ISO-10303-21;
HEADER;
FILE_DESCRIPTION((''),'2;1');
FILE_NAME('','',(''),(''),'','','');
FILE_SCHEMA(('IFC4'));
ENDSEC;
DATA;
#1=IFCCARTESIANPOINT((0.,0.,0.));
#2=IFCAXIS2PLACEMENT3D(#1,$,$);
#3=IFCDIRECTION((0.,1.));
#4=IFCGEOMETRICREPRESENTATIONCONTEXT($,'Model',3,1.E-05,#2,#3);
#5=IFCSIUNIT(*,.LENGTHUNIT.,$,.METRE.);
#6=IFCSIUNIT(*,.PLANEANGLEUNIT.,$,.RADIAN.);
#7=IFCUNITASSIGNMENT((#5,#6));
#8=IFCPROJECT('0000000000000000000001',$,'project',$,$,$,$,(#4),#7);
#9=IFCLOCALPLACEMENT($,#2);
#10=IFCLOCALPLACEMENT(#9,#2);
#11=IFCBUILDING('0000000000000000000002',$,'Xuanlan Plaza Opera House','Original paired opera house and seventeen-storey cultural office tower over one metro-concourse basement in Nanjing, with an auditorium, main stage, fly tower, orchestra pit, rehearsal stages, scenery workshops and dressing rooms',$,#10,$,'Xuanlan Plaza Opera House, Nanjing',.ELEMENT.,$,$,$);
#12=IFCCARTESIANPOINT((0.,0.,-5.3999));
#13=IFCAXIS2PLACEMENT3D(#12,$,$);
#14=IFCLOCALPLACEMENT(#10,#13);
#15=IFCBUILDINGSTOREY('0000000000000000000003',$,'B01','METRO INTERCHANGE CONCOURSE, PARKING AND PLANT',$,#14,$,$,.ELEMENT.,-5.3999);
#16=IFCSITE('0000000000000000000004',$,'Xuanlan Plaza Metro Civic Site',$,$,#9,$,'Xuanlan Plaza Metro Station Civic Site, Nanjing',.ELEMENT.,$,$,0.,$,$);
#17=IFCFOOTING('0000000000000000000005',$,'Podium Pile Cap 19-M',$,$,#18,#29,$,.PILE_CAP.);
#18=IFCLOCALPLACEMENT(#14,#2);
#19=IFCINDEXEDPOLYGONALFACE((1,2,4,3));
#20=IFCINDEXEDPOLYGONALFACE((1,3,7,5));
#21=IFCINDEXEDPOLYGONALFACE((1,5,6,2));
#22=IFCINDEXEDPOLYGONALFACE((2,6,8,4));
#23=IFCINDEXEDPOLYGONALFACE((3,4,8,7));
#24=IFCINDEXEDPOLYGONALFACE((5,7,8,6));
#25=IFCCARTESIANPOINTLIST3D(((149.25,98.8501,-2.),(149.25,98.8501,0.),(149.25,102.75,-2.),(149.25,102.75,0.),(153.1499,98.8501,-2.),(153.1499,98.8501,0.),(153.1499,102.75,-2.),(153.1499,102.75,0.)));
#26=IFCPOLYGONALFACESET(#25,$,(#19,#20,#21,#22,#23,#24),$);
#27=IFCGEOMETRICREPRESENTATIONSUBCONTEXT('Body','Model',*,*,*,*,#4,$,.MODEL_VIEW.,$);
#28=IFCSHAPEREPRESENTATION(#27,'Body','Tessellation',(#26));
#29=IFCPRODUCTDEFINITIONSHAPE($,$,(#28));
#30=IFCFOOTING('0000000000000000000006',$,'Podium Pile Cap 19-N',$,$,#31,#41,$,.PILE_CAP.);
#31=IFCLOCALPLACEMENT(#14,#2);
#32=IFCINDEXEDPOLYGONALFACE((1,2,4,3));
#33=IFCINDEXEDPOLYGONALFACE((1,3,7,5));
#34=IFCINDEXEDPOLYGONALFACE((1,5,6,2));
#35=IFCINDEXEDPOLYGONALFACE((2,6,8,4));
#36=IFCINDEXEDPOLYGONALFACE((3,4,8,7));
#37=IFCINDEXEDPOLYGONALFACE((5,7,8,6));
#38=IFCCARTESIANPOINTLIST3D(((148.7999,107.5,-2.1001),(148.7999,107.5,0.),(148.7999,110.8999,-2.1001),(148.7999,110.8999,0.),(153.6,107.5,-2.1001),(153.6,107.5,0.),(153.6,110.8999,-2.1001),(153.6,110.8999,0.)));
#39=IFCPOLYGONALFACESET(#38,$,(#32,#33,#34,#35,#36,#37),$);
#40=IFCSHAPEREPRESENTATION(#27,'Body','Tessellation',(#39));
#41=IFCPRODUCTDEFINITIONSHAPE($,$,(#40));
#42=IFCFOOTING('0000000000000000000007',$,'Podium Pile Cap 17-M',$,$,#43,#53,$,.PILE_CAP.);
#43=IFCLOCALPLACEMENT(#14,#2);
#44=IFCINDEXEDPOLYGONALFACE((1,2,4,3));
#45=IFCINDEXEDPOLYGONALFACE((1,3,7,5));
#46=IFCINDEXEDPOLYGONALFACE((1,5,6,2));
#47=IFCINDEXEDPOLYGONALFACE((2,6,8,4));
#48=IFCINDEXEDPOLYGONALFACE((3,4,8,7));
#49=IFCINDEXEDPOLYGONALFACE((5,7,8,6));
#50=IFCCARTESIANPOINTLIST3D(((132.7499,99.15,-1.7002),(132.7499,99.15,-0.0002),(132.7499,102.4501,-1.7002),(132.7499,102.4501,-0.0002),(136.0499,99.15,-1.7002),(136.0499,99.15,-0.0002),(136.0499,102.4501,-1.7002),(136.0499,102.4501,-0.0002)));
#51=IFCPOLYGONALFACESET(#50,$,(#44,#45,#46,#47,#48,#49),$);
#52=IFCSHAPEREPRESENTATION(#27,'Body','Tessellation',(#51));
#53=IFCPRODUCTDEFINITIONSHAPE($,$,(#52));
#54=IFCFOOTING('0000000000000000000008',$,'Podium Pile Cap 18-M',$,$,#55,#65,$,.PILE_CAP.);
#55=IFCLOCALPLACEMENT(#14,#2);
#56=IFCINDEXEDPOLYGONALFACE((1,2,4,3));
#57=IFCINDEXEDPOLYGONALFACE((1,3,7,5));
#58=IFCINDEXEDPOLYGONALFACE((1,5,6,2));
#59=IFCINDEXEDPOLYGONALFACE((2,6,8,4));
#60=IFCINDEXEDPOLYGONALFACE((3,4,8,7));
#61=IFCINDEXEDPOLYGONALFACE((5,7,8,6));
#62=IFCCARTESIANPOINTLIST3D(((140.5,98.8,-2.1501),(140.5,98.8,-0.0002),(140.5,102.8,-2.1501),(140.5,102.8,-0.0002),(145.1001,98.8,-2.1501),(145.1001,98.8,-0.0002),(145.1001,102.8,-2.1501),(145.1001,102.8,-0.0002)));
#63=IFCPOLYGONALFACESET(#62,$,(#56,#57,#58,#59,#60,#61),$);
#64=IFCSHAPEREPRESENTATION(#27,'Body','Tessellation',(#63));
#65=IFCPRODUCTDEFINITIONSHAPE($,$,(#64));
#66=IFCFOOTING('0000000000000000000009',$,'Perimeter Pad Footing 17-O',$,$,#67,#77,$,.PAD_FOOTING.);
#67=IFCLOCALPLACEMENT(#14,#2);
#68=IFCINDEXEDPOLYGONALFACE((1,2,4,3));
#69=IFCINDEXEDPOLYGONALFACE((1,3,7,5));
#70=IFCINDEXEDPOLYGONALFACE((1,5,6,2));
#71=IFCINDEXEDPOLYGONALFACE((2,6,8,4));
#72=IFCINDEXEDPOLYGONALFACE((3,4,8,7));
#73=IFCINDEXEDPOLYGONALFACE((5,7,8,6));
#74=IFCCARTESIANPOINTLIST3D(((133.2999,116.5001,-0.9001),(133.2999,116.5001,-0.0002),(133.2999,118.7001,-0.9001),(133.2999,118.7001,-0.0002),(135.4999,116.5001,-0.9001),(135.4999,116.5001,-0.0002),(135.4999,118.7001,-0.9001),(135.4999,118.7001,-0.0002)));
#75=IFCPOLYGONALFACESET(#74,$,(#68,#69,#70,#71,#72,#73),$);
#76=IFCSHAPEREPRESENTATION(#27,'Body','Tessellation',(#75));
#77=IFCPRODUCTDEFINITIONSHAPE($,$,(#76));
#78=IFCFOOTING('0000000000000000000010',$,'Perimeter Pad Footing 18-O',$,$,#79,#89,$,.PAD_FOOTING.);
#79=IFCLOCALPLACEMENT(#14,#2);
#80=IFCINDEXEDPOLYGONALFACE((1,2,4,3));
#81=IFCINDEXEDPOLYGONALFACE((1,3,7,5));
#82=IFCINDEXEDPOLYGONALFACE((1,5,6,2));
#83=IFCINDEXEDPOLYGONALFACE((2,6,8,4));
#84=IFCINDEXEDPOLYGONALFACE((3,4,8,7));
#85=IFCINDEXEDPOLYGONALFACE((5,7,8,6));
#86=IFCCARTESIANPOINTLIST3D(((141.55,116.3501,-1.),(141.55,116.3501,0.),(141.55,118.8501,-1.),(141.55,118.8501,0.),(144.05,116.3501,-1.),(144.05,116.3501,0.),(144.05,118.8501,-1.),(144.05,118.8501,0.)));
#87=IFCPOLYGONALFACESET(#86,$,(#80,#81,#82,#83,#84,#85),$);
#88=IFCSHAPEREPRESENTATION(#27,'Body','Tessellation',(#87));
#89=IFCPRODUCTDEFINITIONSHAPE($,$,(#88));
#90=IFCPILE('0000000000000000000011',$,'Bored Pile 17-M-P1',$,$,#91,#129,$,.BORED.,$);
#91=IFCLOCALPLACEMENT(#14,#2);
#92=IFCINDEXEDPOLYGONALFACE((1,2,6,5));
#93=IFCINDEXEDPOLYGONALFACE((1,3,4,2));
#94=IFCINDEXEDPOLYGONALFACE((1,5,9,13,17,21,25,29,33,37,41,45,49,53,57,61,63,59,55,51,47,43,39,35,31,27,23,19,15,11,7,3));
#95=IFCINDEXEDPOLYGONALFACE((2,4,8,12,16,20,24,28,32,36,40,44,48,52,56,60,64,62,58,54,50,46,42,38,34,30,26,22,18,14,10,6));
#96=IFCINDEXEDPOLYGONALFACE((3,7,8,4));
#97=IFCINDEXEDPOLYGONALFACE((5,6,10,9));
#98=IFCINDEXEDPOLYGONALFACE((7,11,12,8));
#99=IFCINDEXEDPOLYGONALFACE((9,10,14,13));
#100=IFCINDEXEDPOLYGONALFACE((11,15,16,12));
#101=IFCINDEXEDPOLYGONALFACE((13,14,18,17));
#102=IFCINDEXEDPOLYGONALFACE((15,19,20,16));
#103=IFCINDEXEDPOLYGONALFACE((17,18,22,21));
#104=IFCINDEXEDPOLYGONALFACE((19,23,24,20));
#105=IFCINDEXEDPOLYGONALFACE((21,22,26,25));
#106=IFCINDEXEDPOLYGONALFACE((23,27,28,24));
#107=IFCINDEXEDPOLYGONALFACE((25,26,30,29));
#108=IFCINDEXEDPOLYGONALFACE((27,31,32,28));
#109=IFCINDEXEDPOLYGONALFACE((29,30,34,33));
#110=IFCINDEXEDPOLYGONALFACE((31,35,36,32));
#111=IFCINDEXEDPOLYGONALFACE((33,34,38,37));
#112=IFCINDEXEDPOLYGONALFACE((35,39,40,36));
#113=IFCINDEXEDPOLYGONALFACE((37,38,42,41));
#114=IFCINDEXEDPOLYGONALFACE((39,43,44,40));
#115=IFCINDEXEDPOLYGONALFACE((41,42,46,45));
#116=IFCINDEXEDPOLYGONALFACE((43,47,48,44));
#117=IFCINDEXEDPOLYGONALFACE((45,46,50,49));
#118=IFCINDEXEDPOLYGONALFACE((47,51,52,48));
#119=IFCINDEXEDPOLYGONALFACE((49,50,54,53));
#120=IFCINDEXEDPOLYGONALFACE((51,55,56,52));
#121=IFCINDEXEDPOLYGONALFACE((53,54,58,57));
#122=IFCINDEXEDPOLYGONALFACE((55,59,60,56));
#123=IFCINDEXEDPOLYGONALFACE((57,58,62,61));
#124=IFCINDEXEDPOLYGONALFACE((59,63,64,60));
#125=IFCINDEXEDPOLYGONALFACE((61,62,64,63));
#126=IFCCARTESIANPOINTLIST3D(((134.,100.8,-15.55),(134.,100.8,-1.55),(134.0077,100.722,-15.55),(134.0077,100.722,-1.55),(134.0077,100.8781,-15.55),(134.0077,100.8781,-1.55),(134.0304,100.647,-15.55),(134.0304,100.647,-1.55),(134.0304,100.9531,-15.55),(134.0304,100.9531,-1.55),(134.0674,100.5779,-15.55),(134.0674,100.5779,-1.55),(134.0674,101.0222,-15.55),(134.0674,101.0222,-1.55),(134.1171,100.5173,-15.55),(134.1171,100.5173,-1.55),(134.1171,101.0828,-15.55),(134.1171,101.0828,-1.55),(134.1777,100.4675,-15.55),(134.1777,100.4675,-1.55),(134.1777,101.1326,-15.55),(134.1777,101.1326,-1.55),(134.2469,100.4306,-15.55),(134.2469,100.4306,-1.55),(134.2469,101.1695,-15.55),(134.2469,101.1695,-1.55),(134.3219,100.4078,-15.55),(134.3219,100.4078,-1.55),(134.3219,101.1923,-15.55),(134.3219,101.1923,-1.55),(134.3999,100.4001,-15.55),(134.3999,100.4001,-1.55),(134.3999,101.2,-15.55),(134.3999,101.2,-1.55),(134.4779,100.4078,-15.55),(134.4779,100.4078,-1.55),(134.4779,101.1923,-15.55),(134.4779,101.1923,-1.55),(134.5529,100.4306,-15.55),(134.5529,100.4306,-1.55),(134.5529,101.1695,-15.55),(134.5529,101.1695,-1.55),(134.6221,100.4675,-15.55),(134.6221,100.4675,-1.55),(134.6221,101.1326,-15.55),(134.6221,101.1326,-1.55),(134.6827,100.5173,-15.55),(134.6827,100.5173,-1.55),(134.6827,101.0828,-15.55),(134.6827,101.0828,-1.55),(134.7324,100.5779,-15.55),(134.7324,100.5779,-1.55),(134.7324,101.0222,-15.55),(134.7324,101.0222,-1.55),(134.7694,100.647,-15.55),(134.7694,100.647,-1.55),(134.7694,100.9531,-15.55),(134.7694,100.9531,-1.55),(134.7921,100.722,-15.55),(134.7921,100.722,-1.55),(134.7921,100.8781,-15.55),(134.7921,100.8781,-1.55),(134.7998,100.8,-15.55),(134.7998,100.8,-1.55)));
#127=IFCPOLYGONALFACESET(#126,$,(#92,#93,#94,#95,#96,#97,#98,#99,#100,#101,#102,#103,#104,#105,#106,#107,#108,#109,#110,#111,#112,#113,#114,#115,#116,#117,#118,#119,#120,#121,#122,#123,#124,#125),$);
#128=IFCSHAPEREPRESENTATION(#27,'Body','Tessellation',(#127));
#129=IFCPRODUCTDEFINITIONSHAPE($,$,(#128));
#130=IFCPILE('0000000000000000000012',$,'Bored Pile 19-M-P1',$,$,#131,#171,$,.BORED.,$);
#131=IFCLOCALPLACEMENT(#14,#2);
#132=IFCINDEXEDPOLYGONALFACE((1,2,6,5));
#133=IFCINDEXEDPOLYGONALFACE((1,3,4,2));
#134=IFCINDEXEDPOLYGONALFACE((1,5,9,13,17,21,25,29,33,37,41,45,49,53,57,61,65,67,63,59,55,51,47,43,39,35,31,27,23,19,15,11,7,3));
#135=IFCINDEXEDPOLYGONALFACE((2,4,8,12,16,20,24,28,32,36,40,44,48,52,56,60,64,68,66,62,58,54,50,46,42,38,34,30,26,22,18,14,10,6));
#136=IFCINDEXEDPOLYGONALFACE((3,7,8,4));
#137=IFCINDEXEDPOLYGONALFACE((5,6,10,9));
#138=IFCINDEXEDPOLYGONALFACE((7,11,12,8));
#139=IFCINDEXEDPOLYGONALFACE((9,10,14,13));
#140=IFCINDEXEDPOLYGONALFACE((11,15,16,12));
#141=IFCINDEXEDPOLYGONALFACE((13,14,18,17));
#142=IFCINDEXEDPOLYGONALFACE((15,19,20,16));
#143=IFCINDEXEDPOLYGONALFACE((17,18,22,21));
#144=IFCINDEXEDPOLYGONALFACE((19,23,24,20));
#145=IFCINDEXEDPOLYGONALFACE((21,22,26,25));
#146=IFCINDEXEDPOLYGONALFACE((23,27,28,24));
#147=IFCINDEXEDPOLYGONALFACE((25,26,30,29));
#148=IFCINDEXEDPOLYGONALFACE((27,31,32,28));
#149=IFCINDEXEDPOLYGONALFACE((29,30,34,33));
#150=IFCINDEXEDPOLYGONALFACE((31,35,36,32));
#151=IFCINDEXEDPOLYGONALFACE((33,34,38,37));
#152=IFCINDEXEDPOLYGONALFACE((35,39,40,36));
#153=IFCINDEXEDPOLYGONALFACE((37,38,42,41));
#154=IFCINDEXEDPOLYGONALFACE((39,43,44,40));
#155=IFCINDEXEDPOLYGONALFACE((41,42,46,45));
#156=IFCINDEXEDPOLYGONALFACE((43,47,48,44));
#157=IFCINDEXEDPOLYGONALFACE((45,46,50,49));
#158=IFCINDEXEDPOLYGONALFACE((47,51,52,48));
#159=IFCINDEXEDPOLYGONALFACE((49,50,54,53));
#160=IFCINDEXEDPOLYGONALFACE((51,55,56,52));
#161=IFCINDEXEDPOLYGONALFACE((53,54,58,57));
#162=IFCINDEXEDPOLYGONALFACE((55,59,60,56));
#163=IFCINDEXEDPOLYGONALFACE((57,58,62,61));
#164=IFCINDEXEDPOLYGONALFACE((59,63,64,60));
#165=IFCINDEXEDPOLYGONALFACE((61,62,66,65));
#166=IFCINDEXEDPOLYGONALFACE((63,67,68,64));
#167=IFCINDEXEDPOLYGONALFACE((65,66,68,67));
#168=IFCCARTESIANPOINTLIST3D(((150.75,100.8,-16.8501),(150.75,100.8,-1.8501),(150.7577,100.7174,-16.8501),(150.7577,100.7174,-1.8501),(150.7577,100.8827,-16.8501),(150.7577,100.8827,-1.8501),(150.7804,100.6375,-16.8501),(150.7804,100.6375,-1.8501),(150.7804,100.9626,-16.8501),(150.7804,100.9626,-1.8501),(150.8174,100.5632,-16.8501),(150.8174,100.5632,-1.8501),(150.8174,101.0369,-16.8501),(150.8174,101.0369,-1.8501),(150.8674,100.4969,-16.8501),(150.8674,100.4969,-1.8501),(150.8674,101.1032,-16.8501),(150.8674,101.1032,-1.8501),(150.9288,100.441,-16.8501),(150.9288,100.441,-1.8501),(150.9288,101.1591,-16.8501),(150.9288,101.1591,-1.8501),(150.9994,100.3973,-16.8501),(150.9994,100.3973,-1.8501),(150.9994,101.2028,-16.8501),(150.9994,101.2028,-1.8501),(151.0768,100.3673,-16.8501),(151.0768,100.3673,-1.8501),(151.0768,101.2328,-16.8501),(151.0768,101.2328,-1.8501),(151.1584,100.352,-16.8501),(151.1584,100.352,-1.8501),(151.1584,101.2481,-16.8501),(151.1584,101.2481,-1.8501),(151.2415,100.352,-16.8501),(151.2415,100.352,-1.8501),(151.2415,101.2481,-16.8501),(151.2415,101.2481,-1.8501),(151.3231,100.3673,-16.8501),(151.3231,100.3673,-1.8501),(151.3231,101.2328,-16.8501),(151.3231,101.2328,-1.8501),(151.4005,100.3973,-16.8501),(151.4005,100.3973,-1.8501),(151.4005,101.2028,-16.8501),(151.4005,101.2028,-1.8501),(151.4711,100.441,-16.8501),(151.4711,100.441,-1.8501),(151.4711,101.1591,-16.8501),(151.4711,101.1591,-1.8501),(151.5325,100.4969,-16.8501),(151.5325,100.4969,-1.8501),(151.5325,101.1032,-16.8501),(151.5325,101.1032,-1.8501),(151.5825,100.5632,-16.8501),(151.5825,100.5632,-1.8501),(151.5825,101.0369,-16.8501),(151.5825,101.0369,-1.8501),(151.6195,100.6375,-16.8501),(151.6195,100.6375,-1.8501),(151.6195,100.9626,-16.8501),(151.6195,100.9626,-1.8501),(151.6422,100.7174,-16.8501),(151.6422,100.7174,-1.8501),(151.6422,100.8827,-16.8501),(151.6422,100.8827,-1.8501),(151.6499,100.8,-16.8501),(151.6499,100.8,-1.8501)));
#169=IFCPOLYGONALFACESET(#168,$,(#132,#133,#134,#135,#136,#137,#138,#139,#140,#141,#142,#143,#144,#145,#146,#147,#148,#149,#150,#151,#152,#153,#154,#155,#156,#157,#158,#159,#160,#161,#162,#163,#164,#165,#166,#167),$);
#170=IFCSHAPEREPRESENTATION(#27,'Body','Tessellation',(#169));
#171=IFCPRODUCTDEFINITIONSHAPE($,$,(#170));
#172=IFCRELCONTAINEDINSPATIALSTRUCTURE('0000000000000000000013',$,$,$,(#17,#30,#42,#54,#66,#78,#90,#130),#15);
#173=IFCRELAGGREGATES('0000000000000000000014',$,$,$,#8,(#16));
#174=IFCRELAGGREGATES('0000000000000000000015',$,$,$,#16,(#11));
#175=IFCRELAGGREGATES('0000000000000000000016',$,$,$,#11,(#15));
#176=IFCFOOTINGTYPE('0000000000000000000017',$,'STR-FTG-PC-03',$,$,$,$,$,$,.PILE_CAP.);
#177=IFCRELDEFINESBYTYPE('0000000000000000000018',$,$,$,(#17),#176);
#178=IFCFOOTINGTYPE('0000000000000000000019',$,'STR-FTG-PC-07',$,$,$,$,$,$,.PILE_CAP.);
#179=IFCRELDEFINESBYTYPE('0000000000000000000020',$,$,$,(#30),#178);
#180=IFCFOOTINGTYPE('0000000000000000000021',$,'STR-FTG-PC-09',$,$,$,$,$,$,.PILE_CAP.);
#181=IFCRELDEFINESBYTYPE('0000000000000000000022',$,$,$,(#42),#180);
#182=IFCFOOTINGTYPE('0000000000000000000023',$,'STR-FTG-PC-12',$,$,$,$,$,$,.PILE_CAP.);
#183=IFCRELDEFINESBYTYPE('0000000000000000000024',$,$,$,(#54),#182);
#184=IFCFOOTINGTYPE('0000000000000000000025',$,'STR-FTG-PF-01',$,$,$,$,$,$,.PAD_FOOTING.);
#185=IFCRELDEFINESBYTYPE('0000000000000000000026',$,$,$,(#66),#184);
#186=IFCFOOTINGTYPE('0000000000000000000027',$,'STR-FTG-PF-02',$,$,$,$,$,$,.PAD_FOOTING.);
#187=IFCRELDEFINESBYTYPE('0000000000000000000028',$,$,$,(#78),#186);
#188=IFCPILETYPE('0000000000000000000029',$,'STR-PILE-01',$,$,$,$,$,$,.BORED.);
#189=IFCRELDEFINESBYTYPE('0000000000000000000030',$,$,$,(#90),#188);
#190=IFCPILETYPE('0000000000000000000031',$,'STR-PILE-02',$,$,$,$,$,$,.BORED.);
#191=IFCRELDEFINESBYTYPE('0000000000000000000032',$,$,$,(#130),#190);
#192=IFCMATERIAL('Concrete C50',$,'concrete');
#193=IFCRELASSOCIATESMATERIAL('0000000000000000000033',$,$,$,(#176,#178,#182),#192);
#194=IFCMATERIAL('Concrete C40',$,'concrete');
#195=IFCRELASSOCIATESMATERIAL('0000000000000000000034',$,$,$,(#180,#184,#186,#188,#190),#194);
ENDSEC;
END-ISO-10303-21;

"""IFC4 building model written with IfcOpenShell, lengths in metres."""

from ifc_helpers import new_model, si_unit, direction, frame, origin, origin_2d, place, context, subcontext, project, spatial, rectangle, circle, extrude, material, material_profile, profile_set, type_object, element, save


model = new_model("IFC4")

# Units and contexts
model_context = context("Model", 3, precision=1e-05, world=origin(), true_north=direction((0.0, 1.0)))
body_context = subcontext(model_context, "Body", "Model", "MODEL_VIEW")
ifc_project = project(units=[si_unit("LENGTHUNIT", "METRE"), si_unit("PLANEANGLEUNIT", "RADIAN")], contexts=[model_context])

# Site, building, storey
site_placement = place(None, origin())
site = spatial("IfcSite", under=ifc_project, at=site_placement, Name="Xuanlan Plaza Metro Civic Site", LongName="Xuanlan Plaza Metro Station Civic Site, Nanjing", CompositionType="ELEMENT", RefElevation=0.0)
building_placement = place(site_placement, origin())
building = spatial("IfcBuilding", under=site, at=building_placement, Name="Xuanlan Plaza Opera House", Description="Original paired opera house and seventeen-storey cultural office tower over one metro-concourse basement in Nanjing, with an auditorium, main stage, fly tower, orchestra pit, rehearsal stages, scenery workshops and dressing rooms", LongName="Xuanlan Plaza Opera House, Nanjing", CompositionType="ELEMENT")
storey_placement = place(building_placement, frame((0.0, 0.0, -5.3999)))
storey = spatial("IfcBuildingStorey", under=building, at=storey_placement, Name="B01", Description="METRO INTERCHANGE CONCOURSE, PARKING AND PLANT", CompositionType="ELEMENT", Elevation=-5.3999)

# Footings
ifc_material_1 = material(Name="Concrete C50", Category="concrete")
footing_type_1 = type_object("IfcFootingType", Name="STR-FTG-PC-03", PredefinedType="PILE_CAP", material=ifc_material_1)
footing_1_placement = place(storey_placement, frame((151.2, 100.8, -2.0), z_axis=(0.0, 0.0, 1.0), x_axis=(1.0, 0.0, 0.0)))
element("IfcFooting", 1, at=footing_1_placement, inside=storey, type_object=footing_type_1, Name="Podium Pile Cap 19-M", PredefinedType="PILE_CAP", context=body_context, shape_type="SweptSolid", body=[
    extrude(rectangle(XDim=3.8999, YDim=3.8999, at=origin_2d()), origin(), (0.0, 0.0, 1.0), 2.0),
])
footing_type_2 = type_object("IfcFootingType", Name="STR-FTG-PC-07", PredefinedType="PILE_CAP", material=ifc_material_1)
footing_2_placement = place(storey_placement, frame((151.2, 109.2, -2.1001), z_axis=(0.0, 0.0, 1.0), x_axis=(1.0, 0.0, 0.0)))
element("IfcFooting", 2, at=footing_2_placement, inside=storey, type_object=footing_type_2, Name="Podium Pile Cap 19-N", PredefinedType="PILE_CAP", context=body_context, shape_type="SweptSolid", body=[
    extrude(rectangle(XDim=4.8, YDim=3.3999, at=origin_2d()), origin(), (0.0, 0.0, 1.0), 2.1001),
])
ifc_material_2 = material(Name="Concrete C40", Category="concrete")
footing_type_3 = type_object("IfcFootingType", Name="STR-FTG-PC-09", PredefinedType="PILE_CAP", material=ifc_material_2)
footing_3_placement = place(storey_placement, frame((134.3999, 100.8, -1.7002), z_axis=(0.0, 0.0, 1.0), x_axis=(1.0, 0.0, 0.0)))
element("IfcFooting", 3, at=footing_3_placement, inside=storey, type_object=footing_type_3, Name="Podium Pile Cap 17-M", PredefinedType="PILE_CAP", context=body_context, shape_type="SweptSolid", body=[
    extrude(rectangle(XDim=3.3, YDim=3.3, at=origin_2d()), origin(), (0.0, 0.0, 1.0), 1.7),
])
footing_type_4 = type_object("IfcFootingType", Name="STR-FTG-PC-12", PredefinedType="PILE_CAP", material=ifc_material_1)
footing_4_placement = place(storey_placement, frame((142.8, 100.8, -2.1501), z_axis=(0.0, 0.0, 1.0), x_axis=(1.0, 0.0, 0.0)))
element("IfcFooting", 4, at=footing_4_placement, inside=storey, type_object=footing_type_4, Name="Podium Pile Cap 18-M", PredefinedType="PILE_CAP", context=body_context, shape_type="SweptSolid", body=[
    extrude(rectangle(XDim=4.6001, YDim=4.0, at=origin_2d()), origin(), (0.0, 0.0, 1.0), 2.1499),
])
footing_type_5 = type_object("IfcFootingType", Name="STR-FTG-PF-01", PredefinedType="PAD_FOOTING", material=ifc_material_2)
footing_5_placement = place(storey_placement, frame((134.3999, 117.6001, -0.9001), z_axis=(0.0, 0.0, 1.0), x_axis=(1.0, 0.0, 0.0)))
element("IfcFooting", 5, at=footing_5_placement, inside=storey, type_object=footing_type_5, Name="Perimeter Pad Footing 17-O", PredefinedType="PAD_FOOTING", context=body_context, shape_type="SweptSolid", body=[
    extrude(rectangle(XDim=2.2, YDim=2.2, at=origin_2d()), origin(), (0.0, 0.0, 1.0), 0.8999),
])
footing_type_6 = type_object("IfcFootingType", Name="STR-FTG-PF-02", PredefinedType="PAD_FOOTING", material=ifc_material_2)
footing_6_placement = place(storey_placement, frame((142.8, 117.6001, -1.0), z_axis=(0.0, 0.0, 1.0), x_axis=(1.0, 0.0, 0.0)))
element("IfcFooting", 6, at=footing_6_placement, inside=storey, type_object=footing_type_6, Name="Perimeter Pad Footing 18-O", PredefinedType="PAD_FOOTING", context=body_context, shape_type="SweptSolid", body=[
    extrude(rectangle(XDim=2.5, YDim=2.5, at=origin_2d()), origin(), (0.0, 0.0, 1.0), 1.0),
])

# Piles
ifc_material_profile_1 = material_profile(ifc_material_2, circle(Radius=0.3999, at=origin_2d()), Name="PILE D800")
ifc_profile_set_1 = profile_set([ifc_material_profile_1], Name="Concrete C40")
pile_type_1 = type_object("IfcPileType", Name="STR-PILE-01", PredefinedType="BORED", material=ifc_profile_set_1)
pile_1_placement = place(storey_placement, frame((134.3999, 100.8, -1.55), z_axis=(0.0, 0.0, -1.0), x_axis=(1.0, 0.0, 0.0)))
element("IfcPile", 7, at=pile_1_placement, inside=storey, type_object=pile_type_1, Name="Bored Pile 17-M-P1", PredefinedType="BORED", context=body_context, shape_type="SweptSolid", body=[
    extrude(circle(Radius=0.3999, at=origin_2d()), origin(), (0.0, 0.0, 1.0), 14.0),
])
ifc_material_profile_2 = material_profile(ifc_material_2, circle(Radius=0.45, at=origin_2d()), Name="PILE D900")
ifc_profile_set_2 = profile_set([ifc_material_profile_2], Name="Concrete C40")
pile_type_2 = type_object("IfcPileType", Name="STR-PILE-02", PredefinedType="BORED", material=ifc_profile_set_2)
pile_2_placement = place(storey_placement, frame((151.2, 100.8, -1.8501), z_axis=(0.0, 0.0, -1.0), x_axis=(1.0, 0.0, 0.0)))
element("IfcPile", 8, at=pile_2_placement, inside=storey, type_object=pile_type_2, Name="Bored Pile 19-M-P1", PredefinedType="BORED", context=body_context, shape_type="SweptSolid", body=[
    extrude(circle(Radius=0.45, at=origin_2d()), origin(), (0.0, 0.0, 1.0), 15.0),
])

save(model, "model.ifc")
